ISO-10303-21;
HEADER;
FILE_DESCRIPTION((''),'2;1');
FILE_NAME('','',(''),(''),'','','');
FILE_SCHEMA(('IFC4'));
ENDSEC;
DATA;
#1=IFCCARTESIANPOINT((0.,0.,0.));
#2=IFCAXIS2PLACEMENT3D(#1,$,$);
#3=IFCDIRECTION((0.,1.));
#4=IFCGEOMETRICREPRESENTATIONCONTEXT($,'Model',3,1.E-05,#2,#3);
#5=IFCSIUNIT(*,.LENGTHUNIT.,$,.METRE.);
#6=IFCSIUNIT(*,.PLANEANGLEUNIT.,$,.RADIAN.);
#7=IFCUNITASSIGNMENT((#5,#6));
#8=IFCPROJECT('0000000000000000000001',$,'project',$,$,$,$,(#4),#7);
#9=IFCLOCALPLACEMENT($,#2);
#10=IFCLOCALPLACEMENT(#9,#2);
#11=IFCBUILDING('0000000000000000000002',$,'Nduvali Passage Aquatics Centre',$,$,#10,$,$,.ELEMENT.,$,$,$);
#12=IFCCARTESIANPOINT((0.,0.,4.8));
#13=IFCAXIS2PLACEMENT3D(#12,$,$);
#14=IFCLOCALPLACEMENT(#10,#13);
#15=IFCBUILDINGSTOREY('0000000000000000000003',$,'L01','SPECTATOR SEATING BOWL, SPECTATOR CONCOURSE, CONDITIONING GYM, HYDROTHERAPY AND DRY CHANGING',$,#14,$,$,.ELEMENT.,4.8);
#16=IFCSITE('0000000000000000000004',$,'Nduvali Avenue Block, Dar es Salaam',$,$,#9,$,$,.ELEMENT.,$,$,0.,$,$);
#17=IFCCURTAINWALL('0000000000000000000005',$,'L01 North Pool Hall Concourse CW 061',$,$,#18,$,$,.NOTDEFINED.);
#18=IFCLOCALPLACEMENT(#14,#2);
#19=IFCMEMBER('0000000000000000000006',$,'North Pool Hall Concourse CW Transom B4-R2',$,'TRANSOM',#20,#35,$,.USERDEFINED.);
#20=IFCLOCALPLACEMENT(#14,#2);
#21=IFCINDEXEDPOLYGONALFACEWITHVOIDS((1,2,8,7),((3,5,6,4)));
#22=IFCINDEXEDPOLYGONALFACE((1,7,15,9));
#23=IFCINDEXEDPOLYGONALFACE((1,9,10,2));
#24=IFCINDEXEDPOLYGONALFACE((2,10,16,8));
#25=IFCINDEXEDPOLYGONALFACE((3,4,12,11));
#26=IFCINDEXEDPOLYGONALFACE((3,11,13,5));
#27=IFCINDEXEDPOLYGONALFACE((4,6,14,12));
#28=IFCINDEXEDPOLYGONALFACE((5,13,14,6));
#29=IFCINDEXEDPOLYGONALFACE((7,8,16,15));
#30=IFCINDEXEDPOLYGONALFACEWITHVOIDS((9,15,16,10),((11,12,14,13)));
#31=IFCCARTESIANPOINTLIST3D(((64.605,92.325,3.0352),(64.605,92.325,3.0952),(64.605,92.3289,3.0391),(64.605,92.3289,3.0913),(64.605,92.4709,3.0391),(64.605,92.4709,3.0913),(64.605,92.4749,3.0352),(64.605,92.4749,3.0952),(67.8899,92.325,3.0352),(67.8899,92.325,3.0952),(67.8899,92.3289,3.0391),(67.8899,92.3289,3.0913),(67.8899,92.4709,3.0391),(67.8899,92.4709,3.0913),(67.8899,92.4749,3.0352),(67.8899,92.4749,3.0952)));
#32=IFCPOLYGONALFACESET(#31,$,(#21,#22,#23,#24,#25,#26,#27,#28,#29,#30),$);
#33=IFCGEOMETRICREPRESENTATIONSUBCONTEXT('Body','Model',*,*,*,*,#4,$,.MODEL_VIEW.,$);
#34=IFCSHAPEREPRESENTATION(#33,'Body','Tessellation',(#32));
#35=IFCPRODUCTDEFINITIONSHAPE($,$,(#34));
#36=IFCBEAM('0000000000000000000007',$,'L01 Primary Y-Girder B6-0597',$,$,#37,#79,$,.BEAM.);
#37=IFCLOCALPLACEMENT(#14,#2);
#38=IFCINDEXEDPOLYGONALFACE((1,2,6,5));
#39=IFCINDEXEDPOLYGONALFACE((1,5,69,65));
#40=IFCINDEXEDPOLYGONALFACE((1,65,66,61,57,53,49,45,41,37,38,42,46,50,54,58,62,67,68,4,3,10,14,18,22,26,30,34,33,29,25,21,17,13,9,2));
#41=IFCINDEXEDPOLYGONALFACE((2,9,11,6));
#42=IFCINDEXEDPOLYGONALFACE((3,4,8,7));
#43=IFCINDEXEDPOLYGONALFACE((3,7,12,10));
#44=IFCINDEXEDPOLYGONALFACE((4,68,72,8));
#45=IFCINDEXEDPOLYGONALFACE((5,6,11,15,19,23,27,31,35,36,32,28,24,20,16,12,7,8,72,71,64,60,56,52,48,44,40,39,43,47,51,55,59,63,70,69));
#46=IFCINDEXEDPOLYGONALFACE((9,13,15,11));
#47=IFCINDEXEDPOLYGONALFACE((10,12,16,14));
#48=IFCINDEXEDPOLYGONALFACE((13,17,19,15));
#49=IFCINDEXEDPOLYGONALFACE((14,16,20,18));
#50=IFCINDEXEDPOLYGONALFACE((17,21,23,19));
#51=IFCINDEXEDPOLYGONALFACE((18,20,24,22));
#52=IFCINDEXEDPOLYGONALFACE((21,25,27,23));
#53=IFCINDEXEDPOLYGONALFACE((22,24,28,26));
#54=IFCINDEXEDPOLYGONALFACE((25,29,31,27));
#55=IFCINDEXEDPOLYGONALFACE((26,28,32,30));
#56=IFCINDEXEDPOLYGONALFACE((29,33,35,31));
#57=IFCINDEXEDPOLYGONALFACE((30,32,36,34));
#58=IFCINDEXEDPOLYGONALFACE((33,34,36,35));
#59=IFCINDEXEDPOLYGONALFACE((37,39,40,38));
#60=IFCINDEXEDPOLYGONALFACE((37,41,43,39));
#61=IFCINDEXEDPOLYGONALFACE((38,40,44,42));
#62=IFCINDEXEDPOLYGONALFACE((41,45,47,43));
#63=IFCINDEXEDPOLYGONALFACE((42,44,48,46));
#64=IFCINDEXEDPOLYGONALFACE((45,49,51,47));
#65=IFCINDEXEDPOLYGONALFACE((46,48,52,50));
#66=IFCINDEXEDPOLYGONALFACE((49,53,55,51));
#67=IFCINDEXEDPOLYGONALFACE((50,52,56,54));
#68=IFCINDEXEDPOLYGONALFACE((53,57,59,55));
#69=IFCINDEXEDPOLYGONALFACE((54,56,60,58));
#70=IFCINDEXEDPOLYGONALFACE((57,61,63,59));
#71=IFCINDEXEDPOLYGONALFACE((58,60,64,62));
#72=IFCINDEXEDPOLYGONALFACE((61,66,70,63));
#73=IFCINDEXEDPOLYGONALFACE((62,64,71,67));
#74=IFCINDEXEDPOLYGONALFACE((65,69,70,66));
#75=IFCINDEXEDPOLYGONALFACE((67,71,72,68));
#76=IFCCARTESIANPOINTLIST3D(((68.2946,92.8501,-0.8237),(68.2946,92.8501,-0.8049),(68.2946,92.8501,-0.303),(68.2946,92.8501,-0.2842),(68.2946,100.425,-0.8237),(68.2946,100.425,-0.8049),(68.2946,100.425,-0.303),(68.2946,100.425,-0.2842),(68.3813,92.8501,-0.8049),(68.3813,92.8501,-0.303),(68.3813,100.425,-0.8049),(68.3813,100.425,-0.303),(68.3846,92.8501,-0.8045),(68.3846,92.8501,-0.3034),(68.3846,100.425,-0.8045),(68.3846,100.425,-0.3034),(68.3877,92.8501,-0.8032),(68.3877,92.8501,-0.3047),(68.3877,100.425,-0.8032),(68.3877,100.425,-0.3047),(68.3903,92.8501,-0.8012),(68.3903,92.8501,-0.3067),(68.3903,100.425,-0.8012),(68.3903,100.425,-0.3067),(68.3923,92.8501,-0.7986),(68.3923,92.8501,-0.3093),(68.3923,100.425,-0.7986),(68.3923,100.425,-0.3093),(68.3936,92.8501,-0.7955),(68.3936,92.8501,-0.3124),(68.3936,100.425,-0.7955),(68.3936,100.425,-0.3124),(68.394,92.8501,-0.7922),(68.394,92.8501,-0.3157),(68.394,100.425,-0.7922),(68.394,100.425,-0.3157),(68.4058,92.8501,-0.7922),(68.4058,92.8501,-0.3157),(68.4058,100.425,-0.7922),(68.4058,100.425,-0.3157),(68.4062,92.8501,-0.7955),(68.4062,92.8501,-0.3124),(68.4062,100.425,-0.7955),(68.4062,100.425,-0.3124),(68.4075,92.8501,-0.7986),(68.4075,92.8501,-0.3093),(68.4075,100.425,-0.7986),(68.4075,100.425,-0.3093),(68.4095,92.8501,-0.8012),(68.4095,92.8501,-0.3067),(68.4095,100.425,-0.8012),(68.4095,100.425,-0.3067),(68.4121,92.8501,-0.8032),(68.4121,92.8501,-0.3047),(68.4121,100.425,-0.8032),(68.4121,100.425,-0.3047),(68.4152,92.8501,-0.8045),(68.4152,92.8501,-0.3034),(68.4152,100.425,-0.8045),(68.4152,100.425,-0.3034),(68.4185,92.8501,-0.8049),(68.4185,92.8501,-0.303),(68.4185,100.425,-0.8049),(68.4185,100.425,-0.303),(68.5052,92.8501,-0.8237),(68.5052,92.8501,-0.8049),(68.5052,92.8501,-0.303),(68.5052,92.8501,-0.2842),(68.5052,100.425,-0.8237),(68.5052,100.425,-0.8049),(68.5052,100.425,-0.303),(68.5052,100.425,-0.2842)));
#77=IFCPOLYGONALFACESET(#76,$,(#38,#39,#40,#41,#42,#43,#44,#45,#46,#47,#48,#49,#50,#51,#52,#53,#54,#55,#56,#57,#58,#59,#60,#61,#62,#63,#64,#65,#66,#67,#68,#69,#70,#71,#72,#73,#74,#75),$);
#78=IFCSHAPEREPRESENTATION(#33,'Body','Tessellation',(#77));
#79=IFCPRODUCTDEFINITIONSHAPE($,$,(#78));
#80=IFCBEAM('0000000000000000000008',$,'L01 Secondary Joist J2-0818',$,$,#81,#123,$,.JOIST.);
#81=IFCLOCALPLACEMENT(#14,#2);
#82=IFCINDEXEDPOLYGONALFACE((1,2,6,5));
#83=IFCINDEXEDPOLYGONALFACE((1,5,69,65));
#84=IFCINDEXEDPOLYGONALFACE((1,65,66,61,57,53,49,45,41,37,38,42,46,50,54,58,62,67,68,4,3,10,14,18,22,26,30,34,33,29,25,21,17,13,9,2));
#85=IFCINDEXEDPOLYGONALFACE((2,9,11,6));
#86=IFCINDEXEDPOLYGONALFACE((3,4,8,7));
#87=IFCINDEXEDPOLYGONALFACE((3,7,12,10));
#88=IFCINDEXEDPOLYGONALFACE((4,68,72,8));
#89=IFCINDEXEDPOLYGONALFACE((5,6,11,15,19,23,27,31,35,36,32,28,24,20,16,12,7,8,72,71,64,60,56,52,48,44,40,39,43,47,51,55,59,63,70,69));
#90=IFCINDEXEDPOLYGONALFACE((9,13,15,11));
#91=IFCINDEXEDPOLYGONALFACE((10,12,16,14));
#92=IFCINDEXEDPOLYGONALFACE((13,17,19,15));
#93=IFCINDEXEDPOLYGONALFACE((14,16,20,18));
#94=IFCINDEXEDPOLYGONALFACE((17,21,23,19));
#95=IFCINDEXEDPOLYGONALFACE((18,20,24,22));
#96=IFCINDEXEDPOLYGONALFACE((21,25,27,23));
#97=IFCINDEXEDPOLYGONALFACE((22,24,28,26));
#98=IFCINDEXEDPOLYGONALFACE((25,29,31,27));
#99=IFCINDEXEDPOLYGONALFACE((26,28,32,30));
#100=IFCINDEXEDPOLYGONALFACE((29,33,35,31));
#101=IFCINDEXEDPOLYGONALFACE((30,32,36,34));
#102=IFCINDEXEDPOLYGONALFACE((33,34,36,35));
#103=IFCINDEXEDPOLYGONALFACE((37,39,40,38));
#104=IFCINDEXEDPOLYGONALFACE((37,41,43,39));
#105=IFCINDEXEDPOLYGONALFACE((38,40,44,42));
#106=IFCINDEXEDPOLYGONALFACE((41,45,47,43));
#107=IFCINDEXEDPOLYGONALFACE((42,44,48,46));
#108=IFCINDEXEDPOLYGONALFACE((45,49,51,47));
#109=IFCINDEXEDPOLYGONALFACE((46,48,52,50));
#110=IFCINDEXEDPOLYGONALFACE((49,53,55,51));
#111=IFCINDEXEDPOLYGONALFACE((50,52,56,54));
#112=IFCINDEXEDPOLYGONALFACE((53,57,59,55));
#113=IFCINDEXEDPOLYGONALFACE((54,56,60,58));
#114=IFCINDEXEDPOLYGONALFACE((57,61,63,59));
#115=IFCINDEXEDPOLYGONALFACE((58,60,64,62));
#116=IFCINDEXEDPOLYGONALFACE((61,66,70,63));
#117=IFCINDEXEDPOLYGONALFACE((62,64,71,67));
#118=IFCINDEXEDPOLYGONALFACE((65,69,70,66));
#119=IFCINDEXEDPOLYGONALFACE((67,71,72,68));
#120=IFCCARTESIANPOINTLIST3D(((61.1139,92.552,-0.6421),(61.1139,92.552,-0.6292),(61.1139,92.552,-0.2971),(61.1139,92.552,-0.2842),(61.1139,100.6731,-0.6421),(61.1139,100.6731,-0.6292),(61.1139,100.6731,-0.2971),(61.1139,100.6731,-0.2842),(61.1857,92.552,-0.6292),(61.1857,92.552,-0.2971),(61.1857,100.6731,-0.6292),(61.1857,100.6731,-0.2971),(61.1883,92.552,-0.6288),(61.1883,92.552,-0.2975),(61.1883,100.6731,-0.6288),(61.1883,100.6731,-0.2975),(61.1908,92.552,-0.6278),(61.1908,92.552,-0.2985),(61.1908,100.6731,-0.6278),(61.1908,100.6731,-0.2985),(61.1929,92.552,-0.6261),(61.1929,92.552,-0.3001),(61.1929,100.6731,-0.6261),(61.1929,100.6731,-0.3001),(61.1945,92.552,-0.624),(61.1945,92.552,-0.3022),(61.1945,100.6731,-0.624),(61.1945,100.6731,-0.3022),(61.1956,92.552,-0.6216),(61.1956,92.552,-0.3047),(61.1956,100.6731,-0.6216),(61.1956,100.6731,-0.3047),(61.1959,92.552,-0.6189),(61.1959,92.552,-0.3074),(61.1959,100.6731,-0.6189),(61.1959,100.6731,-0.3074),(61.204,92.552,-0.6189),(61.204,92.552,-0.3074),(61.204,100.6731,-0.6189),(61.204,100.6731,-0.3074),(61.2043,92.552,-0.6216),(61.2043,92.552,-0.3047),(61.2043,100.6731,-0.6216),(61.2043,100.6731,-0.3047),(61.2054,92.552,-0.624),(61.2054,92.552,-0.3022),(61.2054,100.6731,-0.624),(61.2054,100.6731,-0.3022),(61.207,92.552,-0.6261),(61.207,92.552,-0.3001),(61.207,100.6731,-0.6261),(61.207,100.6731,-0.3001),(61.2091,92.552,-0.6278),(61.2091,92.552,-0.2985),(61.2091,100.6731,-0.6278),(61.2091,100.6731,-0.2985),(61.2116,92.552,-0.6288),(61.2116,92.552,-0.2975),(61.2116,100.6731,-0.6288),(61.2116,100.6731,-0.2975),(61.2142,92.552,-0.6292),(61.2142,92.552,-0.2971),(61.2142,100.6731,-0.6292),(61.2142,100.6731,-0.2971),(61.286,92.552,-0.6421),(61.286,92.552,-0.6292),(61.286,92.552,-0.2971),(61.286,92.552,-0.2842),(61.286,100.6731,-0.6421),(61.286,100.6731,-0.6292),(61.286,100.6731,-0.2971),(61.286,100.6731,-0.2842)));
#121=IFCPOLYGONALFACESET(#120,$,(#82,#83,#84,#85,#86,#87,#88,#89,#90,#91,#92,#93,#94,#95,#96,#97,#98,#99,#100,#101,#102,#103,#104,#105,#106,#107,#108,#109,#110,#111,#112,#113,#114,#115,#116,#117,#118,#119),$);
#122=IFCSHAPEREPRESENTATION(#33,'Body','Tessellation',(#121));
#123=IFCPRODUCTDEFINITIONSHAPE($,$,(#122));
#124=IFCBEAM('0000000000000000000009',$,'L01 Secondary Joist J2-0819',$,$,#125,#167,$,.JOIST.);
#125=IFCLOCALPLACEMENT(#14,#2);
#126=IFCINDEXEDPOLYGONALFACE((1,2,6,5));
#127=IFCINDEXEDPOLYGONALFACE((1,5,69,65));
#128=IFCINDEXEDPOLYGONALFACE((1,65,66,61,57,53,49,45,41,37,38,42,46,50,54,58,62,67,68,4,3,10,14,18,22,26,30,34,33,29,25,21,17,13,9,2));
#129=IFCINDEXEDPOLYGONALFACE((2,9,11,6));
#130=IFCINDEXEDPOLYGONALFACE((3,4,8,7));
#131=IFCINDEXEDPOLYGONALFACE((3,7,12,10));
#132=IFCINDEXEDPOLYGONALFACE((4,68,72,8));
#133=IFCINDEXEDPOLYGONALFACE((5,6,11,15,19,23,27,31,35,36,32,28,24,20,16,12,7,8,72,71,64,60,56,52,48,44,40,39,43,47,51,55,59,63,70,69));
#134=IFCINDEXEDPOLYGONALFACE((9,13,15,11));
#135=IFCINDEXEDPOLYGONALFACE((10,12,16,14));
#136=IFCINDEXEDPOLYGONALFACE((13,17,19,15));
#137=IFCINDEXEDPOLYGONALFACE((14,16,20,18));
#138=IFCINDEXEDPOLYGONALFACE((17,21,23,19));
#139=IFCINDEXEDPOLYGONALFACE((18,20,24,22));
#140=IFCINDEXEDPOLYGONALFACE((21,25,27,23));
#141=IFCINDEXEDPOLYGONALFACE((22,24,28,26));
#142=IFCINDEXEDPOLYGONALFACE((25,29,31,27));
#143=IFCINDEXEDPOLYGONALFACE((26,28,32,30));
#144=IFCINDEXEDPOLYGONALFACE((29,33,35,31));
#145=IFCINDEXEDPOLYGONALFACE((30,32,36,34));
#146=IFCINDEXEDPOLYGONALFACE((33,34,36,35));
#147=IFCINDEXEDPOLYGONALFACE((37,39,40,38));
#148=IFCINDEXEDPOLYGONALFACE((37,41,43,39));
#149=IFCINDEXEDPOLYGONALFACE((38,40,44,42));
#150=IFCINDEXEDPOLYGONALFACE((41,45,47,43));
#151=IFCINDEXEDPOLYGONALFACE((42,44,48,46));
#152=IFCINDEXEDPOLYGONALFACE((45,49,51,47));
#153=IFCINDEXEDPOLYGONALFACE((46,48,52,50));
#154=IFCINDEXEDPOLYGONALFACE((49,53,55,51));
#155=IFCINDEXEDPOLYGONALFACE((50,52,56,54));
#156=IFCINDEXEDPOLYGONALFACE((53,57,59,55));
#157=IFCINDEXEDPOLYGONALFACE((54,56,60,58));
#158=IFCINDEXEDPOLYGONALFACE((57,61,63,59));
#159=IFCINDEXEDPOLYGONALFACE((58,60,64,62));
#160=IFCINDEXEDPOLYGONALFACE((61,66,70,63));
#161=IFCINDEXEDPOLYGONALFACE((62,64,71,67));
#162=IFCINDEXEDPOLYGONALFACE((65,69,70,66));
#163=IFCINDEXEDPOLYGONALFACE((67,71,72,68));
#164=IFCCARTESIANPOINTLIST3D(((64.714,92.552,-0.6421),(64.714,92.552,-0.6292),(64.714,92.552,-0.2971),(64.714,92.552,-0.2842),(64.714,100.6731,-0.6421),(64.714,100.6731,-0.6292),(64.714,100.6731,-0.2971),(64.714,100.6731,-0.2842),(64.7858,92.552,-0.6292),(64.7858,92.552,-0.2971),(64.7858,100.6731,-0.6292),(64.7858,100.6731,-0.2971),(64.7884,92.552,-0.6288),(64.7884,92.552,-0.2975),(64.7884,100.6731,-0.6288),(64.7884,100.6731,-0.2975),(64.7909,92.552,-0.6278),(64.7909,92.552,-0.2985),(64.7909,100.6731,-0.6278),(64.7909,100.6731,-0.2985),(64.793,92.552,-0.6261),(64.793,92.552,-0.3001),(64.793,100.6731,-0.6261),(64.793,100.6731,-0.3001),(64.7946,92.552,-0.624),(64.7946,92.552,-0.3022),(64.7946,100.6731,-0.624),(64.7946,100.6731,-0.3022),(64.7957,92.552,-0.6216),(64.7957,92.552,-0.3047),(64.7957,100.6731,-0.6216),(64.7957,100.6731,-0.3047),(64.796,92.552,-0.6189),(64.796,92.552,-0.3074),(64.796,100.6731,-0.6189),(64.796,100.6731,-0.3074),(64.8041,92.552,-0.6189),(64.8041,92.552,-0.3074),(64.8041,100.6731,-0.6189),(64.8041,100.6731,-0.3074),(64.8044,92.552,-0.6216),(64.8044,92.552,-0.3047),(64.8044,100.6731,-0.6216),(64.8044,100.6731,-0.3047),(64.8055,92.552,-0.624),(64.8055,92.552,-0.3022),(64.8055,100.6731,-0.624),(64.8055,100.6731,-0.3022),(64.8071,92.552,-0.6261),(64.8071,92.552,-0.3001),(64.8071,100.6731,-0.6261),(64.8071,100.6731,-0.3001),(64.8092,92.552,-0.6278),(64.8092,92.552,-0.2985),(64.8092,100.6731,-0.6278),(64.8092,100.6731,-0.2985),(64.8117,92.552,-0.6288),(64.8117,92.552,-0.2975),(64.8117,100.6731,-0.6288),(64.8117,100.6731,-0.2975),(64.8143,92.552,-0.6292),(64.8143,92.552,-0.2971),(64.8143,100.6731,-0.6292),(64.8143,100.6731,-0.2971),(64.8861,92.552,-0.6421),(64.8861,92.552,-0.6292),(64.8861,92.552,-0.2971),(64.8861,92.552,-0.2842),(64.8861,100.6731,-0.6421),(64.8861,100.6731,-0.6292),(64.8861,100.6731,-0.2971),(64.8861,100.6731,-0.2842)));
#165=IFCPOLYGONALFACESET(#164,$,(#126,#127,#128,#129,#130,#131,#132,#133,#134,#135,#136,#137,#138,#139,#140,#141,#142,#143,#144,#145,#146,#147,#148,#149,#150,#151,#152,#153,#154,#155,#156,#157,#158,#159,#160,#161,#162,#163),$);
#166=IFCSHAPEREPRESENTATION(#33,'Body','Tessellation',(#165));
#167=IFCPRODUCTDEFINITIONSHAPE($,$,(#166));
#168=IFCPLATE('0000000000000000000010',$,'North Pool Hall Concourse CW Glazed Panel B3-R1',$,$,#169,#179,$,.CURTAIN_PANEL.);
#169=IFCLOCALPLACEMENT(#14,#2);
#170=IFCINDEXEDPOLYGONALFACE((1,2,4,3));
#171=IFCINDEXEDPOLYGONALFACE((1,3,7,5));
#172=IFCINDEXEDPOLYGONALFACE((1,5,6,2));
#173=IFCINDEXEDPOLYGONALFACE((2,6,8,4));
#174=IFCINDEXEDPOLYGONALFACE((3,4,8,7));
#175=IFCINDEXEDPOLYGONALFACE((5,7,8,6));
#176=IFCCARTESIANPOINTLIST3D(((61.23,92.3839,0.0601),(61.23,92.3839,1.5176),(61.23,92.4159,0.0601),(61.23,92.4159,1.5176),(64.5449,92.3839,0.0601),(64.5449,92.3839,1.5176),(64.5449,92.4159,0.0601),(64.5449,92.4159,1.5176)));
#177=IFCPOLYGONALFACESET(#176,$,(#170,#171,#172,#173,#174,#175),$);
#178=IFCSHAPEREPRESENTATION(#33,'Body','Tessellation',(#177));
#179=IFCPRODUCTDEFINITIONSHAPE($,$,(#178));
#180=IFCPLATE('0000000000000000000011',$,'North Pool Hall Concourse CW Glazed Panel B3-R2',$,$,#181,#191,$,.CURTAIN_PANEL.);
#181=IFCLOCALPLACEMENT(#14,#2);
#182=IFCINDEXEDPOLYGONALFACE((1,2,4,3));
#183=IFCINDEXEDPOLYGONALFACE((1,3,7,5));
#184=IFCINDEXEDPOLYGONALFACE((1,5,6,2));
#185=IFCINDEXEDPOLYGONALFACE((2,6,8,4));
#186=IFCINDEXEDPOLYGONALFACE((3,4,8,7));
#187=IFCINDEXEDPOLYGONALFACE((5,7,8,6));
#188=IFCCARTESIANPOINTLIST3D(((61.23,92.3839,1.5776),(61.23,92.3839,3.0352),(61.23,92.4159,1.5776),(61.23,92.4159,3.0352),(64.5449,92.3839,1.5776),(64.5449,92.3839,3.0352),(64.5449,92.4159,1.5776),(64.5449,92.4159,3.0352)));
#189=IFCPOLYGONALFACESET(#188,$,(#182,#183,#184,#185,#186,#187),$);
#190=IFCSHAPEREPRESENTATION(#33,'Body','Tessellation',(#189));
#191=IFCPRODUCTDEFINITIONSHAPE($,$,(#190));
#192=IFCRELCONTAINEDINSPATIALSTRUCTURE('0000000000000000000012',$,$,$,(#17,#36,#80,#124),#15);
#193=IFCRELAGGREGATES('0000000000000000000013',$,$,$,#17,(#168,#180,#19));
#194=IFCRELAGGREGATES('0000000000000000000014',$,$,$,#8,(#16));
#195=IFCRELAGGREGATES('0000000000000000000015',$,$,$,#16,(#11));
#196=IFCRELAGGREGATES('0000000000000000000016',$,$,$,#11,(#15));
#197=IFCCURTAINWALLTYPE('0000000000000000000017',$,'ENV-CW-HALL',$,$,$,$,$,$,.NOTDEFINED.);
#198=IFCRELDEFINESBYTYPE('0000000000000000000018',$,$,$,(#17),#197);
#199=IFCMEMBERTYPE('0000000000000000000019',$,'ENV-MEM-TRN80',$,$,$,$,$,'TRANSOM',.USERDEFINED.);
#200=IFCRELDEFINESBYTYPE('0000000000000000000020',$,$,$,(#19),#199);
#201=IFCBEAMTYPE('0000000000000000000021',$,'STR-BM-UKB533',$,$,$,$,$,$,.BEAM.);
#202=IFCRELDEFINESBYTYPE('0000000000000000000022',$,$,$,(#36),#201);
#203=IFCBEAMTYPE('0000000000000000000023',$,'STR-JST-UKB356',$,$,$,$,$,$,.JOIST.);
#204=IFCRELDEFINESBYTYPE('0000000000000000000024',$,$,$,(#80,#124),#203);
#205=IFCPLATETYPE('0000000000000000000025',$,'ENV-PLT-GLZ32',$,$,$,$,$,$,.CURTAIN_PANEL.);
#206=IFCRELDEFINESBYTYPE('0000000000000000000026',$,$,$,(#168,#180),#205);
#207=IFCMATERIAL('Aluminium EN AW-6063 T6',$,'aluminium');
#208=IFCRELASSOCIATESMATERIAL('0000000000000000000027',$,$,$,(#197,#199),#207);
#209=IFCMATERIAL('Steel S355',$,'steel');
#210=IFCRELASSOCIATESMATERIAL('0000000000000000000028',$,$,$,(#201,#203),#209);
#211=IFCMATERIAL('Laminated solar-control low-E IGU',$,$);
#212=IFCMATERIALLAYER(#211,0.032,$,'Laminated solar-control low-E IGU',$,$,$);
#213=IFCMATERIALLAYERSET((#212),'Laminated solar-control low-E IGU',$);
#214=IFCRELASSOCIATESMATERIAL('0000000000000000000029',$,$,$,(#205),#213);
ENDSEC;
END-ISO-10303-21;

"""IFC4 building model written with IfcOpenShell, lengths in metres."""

from ifc_helpers import new_model, si_unit, direction, frame, origin, origin_2d, place, context, subcontext, project, spatial, rectangle, hollow_rectangle, i_section, extrude, material, layer, layer_set, material_profile, profile_set, type_object, element, aggregate, save


model = new_model("IFC4")

# Units and contexts
model_context = context("Model", 3, precision=1e-05, world=origin(), true_north=direction((0.0, 1.0)))
body_context = subcontext(model_context, "Body", "Model", "MODEL_VIEW")
ifc_project = project(units=[si_unit("LENGTHUNIT", "METRE"), si_unit("PLANEANGLEUNIT", "RADIAN")], contexts=[model_context])

# Site, building, storey
site_placement = place(None, origin())
site = spatial("IfcSite", under=ifc_project, at=site_placement, Name="Nduvali Avenue Block, Dar es Salaam", CompositionType="ELEMENT", RefElevation=0.0)
building_placement = place(site_placement, origin())
building = spatial("IfcBuilding", under=site, at=building_placement, Name="Nduvali Passage Aquatics Centre", CompositionType="ELEMENT")
storey_placement = place(building_placement, frame((0.0, 0.0, 4.8)))
storey = spatial("IfcBuildingStorey", under=building, at=storey_placement, Name="L01", Description="SPECTATOR SEATING BOWL, SPECTATOR CONCOURSE, CONDITIONING GYM, HYDROTHERAPY AND DRY CHANGING", CompositionType="ELEMENT", Elevation=4.8)

# Shared definitions
ifc_material_1 = material(Name="Steel S355", Category="steel")

# Curtain wall, member
ifc_material_2 = material(Name="Aluminium EN AW-6063 T6", Category="aluminium")
curtain_wall_type = type_object("IfcCurtainWallType", Name="ENV-CW-HALL", PredefinedType="NOTDEFINED", material=ifc_material_2)
curtain_wall_placement = place(storey_placement, origin())
curtain_wall = element("IfcCurtainWall", 1, at=curtain_wall_placement, inside=storey, type_object=curtain_wall_type, Name="L01 North Pool Hall Concourse CW 061", PredefinedType="NOTDEFINED")
ifc_material_profile_1 = material_profile(ifc_material_2, hollow_rectangle(XDim=0.1499, YDim=0.0601, WallThickness=0.0039, at=origin_2d()), Name="ALU TRANSOM 150x60x4")
ifc_profile_set_1 = profile_set([ifc_material_profile_1], Name="Aluminium EN AW-6063 T6")
member_type_1 = type_object("IfcMemberType", Name="ENV-MEM-TRN80", ElementType="TRANSOM", PredefinedType="USERDEFINED", material=ifc_profile_set_1)
member_1_placement = place(storey_placement, frame((64.605, 92.3999, 3.0652), z_axis=(1.0, 0.0, 0.0), x_axis=(0.0, 1.0, 0.0)))
member_1 = element("IfcMember", 2, at=member_1_placement, type_object=member_type_1, Name="North Pool Hall Concourse CW Transom B4-R2", ObjectType="TRANSOM", PredefinedType="USERDEFINED", context=body_context, shape_type="SweptSolid", body=[
    extrude(hollow_rectangle(XDim=0.1499, YDim=0.0601, WallThickness=0.0039, at=origin_2d()), origin(), (0.0, 0.0, 1.0), 3.2849),
])

# Beams
ifc_material_profile_2 = material_profile(ifc_material_1, i_section(OverallWidth=0.2107, OverallDepth=0.5396, WebThickness=0.0117, FlangeThickness=0.0188, FilletRadius=0.0127, at=origin_2d()), Name="UKB 533x210x109")
ifc_profile_set_2 = profile_set([ifc_material_profile_2], Name="Steel S355")
beam_type_1 = type_object("IfcBeamType", Name="STR-BM-UKB533", PredefinedType="BEAM", material=ifc_profile_set_2)
beam_placement = place(storey_placement, frame((68.3999, 92.8501, -0.554), z_axis=(0.0, 1.0, 0.0), x_axis=(-1.0, 0.0, 0.0)))
element("IfcBeam", 3, at=beam_placement, inside=storey, type_object=beam_type_1, Name="L01 Primary Y-Girder B6-0597", PredefinedType="BEAM", context=body_context, shape_type="SweptSolid", body=[
    extrude(i_section(OverallWidth=0.2107, OverallDepth=0.5396, WebThickness=0.0117, FlangeThickness=0.0188, FilletRadius=0.0127, at=origin_2d()), origin(), (0.0, 0.0, 1.0), 7.575),
])
ifc_material_profile_3 = material_profile(ifc_material_1, i_section(OverallWidth=0.1721, OverallDepth=0.3579, WebThickness=0.0081, FlangeThickness=0.0129, FilletRadius=0.0103, at=origin_2d()), Name="UKB 356x171x57")
ifc_profile_set_3 = profile_set([ifc_material_profile_3], Name="Steel S355")
beam_type_2 = type_object("IfcBeamType", Name="STR-JST-UKB356", PredefinedType="JOIST", material=ifc_profile_set_3)
for number, where, z_axis, x_axis, name in (
    (4, (61.2, 92.552, -0.4631), (0.0, 1.0, 0.0), (-1.0, 0.0, 0.0), "L01 Secondary Joist J2-0818"),
    (5, (64.8, 92.552, -0.4631), (0.0, 1.0, 0.0), (-1.0, 0.0, 0.0), "L01 Secondary Joist J2-0819"),
):
    element("IfcBeam", number, at=place(storey_placement, frame(where, z_axis=z_axis, x_axis=x_axis)), inside=storey, type_object=beam_type_2, Name=name, PredefinedType="JOIST", context=body_context, shape_type="SweptSolid", body=[
        extrude(i_section(OverallWidth=0.1721, OverallDepth=0.3579, WebThickness=0.0081, FlangeThickness=0.0129, FilletRadius=0.0103, at=origin_2d()), origin(), (0.0, 0.0, 1.0), 8.1211),
    ])

# Plates
ifc_material_3 = material(Name="Laminated solar-control low-E IGU")
ifc_layer_1 = layer(ifc_material_3, 0.032, Name="Laminated solar-control low-E IGU")
ifc_layer_set_1 = layer_set([ifc_layer_1], Name="Laminated solar-control low-E IGU")
plate_type = type_object("IfcPlateType", Name="ENV-PLT-GLZ32", PredefinedType="CURTAIN_PANEL", material=ifc_layer_set_1)
plate_1_placement = place(storey_placement, frame((62.8875, 92.3999, 0.0601), z_axis=(0.0, 0.0, 1.0), x_axis=(1.0, 0.0, 0.0)))
plate_1 = element("IfcPlate", 6, at=plate_1_placement, type_object=plate_type, Name="North Pool Hall Concourse CW Glazed Panel B3-R1", PredefinedType="CURTAIN_PANEL", context=body_context, shape_type="SweptSolid", body=[
    extrude(rectangle(XDim=3.3149, YDim=0.032, at=origin_2d()), origin(), (0.0, 0.0, 1.0), 1.4575),
])
plate_2_placement = place(storey_placement, frame((62.8875, 92.3999, 1.5776), z_axis=(0.0, 0.0, 1.0), x_axis=(1.0, 0.0, 0.0)))
plate_2 = element("IfcPlate", 7, at=plate_2_placement, type_object=plate_type, Name="North Pool Hall Concourse CW Glazed Panel B3-R2", PredefinedType="CURTAIN_PANEL", context=body_context, shape_type="SweptSolid", body=[
    extrude(rectangle(XDim=3.3149, YDim=0.032, at=origin_2d()), origin(), (0.0, 0.0, 1.0), 1.4575),
])
aggregate(curtain_wall, [plate_1, plate_2, member_1])

save(model, "model.ifc")
